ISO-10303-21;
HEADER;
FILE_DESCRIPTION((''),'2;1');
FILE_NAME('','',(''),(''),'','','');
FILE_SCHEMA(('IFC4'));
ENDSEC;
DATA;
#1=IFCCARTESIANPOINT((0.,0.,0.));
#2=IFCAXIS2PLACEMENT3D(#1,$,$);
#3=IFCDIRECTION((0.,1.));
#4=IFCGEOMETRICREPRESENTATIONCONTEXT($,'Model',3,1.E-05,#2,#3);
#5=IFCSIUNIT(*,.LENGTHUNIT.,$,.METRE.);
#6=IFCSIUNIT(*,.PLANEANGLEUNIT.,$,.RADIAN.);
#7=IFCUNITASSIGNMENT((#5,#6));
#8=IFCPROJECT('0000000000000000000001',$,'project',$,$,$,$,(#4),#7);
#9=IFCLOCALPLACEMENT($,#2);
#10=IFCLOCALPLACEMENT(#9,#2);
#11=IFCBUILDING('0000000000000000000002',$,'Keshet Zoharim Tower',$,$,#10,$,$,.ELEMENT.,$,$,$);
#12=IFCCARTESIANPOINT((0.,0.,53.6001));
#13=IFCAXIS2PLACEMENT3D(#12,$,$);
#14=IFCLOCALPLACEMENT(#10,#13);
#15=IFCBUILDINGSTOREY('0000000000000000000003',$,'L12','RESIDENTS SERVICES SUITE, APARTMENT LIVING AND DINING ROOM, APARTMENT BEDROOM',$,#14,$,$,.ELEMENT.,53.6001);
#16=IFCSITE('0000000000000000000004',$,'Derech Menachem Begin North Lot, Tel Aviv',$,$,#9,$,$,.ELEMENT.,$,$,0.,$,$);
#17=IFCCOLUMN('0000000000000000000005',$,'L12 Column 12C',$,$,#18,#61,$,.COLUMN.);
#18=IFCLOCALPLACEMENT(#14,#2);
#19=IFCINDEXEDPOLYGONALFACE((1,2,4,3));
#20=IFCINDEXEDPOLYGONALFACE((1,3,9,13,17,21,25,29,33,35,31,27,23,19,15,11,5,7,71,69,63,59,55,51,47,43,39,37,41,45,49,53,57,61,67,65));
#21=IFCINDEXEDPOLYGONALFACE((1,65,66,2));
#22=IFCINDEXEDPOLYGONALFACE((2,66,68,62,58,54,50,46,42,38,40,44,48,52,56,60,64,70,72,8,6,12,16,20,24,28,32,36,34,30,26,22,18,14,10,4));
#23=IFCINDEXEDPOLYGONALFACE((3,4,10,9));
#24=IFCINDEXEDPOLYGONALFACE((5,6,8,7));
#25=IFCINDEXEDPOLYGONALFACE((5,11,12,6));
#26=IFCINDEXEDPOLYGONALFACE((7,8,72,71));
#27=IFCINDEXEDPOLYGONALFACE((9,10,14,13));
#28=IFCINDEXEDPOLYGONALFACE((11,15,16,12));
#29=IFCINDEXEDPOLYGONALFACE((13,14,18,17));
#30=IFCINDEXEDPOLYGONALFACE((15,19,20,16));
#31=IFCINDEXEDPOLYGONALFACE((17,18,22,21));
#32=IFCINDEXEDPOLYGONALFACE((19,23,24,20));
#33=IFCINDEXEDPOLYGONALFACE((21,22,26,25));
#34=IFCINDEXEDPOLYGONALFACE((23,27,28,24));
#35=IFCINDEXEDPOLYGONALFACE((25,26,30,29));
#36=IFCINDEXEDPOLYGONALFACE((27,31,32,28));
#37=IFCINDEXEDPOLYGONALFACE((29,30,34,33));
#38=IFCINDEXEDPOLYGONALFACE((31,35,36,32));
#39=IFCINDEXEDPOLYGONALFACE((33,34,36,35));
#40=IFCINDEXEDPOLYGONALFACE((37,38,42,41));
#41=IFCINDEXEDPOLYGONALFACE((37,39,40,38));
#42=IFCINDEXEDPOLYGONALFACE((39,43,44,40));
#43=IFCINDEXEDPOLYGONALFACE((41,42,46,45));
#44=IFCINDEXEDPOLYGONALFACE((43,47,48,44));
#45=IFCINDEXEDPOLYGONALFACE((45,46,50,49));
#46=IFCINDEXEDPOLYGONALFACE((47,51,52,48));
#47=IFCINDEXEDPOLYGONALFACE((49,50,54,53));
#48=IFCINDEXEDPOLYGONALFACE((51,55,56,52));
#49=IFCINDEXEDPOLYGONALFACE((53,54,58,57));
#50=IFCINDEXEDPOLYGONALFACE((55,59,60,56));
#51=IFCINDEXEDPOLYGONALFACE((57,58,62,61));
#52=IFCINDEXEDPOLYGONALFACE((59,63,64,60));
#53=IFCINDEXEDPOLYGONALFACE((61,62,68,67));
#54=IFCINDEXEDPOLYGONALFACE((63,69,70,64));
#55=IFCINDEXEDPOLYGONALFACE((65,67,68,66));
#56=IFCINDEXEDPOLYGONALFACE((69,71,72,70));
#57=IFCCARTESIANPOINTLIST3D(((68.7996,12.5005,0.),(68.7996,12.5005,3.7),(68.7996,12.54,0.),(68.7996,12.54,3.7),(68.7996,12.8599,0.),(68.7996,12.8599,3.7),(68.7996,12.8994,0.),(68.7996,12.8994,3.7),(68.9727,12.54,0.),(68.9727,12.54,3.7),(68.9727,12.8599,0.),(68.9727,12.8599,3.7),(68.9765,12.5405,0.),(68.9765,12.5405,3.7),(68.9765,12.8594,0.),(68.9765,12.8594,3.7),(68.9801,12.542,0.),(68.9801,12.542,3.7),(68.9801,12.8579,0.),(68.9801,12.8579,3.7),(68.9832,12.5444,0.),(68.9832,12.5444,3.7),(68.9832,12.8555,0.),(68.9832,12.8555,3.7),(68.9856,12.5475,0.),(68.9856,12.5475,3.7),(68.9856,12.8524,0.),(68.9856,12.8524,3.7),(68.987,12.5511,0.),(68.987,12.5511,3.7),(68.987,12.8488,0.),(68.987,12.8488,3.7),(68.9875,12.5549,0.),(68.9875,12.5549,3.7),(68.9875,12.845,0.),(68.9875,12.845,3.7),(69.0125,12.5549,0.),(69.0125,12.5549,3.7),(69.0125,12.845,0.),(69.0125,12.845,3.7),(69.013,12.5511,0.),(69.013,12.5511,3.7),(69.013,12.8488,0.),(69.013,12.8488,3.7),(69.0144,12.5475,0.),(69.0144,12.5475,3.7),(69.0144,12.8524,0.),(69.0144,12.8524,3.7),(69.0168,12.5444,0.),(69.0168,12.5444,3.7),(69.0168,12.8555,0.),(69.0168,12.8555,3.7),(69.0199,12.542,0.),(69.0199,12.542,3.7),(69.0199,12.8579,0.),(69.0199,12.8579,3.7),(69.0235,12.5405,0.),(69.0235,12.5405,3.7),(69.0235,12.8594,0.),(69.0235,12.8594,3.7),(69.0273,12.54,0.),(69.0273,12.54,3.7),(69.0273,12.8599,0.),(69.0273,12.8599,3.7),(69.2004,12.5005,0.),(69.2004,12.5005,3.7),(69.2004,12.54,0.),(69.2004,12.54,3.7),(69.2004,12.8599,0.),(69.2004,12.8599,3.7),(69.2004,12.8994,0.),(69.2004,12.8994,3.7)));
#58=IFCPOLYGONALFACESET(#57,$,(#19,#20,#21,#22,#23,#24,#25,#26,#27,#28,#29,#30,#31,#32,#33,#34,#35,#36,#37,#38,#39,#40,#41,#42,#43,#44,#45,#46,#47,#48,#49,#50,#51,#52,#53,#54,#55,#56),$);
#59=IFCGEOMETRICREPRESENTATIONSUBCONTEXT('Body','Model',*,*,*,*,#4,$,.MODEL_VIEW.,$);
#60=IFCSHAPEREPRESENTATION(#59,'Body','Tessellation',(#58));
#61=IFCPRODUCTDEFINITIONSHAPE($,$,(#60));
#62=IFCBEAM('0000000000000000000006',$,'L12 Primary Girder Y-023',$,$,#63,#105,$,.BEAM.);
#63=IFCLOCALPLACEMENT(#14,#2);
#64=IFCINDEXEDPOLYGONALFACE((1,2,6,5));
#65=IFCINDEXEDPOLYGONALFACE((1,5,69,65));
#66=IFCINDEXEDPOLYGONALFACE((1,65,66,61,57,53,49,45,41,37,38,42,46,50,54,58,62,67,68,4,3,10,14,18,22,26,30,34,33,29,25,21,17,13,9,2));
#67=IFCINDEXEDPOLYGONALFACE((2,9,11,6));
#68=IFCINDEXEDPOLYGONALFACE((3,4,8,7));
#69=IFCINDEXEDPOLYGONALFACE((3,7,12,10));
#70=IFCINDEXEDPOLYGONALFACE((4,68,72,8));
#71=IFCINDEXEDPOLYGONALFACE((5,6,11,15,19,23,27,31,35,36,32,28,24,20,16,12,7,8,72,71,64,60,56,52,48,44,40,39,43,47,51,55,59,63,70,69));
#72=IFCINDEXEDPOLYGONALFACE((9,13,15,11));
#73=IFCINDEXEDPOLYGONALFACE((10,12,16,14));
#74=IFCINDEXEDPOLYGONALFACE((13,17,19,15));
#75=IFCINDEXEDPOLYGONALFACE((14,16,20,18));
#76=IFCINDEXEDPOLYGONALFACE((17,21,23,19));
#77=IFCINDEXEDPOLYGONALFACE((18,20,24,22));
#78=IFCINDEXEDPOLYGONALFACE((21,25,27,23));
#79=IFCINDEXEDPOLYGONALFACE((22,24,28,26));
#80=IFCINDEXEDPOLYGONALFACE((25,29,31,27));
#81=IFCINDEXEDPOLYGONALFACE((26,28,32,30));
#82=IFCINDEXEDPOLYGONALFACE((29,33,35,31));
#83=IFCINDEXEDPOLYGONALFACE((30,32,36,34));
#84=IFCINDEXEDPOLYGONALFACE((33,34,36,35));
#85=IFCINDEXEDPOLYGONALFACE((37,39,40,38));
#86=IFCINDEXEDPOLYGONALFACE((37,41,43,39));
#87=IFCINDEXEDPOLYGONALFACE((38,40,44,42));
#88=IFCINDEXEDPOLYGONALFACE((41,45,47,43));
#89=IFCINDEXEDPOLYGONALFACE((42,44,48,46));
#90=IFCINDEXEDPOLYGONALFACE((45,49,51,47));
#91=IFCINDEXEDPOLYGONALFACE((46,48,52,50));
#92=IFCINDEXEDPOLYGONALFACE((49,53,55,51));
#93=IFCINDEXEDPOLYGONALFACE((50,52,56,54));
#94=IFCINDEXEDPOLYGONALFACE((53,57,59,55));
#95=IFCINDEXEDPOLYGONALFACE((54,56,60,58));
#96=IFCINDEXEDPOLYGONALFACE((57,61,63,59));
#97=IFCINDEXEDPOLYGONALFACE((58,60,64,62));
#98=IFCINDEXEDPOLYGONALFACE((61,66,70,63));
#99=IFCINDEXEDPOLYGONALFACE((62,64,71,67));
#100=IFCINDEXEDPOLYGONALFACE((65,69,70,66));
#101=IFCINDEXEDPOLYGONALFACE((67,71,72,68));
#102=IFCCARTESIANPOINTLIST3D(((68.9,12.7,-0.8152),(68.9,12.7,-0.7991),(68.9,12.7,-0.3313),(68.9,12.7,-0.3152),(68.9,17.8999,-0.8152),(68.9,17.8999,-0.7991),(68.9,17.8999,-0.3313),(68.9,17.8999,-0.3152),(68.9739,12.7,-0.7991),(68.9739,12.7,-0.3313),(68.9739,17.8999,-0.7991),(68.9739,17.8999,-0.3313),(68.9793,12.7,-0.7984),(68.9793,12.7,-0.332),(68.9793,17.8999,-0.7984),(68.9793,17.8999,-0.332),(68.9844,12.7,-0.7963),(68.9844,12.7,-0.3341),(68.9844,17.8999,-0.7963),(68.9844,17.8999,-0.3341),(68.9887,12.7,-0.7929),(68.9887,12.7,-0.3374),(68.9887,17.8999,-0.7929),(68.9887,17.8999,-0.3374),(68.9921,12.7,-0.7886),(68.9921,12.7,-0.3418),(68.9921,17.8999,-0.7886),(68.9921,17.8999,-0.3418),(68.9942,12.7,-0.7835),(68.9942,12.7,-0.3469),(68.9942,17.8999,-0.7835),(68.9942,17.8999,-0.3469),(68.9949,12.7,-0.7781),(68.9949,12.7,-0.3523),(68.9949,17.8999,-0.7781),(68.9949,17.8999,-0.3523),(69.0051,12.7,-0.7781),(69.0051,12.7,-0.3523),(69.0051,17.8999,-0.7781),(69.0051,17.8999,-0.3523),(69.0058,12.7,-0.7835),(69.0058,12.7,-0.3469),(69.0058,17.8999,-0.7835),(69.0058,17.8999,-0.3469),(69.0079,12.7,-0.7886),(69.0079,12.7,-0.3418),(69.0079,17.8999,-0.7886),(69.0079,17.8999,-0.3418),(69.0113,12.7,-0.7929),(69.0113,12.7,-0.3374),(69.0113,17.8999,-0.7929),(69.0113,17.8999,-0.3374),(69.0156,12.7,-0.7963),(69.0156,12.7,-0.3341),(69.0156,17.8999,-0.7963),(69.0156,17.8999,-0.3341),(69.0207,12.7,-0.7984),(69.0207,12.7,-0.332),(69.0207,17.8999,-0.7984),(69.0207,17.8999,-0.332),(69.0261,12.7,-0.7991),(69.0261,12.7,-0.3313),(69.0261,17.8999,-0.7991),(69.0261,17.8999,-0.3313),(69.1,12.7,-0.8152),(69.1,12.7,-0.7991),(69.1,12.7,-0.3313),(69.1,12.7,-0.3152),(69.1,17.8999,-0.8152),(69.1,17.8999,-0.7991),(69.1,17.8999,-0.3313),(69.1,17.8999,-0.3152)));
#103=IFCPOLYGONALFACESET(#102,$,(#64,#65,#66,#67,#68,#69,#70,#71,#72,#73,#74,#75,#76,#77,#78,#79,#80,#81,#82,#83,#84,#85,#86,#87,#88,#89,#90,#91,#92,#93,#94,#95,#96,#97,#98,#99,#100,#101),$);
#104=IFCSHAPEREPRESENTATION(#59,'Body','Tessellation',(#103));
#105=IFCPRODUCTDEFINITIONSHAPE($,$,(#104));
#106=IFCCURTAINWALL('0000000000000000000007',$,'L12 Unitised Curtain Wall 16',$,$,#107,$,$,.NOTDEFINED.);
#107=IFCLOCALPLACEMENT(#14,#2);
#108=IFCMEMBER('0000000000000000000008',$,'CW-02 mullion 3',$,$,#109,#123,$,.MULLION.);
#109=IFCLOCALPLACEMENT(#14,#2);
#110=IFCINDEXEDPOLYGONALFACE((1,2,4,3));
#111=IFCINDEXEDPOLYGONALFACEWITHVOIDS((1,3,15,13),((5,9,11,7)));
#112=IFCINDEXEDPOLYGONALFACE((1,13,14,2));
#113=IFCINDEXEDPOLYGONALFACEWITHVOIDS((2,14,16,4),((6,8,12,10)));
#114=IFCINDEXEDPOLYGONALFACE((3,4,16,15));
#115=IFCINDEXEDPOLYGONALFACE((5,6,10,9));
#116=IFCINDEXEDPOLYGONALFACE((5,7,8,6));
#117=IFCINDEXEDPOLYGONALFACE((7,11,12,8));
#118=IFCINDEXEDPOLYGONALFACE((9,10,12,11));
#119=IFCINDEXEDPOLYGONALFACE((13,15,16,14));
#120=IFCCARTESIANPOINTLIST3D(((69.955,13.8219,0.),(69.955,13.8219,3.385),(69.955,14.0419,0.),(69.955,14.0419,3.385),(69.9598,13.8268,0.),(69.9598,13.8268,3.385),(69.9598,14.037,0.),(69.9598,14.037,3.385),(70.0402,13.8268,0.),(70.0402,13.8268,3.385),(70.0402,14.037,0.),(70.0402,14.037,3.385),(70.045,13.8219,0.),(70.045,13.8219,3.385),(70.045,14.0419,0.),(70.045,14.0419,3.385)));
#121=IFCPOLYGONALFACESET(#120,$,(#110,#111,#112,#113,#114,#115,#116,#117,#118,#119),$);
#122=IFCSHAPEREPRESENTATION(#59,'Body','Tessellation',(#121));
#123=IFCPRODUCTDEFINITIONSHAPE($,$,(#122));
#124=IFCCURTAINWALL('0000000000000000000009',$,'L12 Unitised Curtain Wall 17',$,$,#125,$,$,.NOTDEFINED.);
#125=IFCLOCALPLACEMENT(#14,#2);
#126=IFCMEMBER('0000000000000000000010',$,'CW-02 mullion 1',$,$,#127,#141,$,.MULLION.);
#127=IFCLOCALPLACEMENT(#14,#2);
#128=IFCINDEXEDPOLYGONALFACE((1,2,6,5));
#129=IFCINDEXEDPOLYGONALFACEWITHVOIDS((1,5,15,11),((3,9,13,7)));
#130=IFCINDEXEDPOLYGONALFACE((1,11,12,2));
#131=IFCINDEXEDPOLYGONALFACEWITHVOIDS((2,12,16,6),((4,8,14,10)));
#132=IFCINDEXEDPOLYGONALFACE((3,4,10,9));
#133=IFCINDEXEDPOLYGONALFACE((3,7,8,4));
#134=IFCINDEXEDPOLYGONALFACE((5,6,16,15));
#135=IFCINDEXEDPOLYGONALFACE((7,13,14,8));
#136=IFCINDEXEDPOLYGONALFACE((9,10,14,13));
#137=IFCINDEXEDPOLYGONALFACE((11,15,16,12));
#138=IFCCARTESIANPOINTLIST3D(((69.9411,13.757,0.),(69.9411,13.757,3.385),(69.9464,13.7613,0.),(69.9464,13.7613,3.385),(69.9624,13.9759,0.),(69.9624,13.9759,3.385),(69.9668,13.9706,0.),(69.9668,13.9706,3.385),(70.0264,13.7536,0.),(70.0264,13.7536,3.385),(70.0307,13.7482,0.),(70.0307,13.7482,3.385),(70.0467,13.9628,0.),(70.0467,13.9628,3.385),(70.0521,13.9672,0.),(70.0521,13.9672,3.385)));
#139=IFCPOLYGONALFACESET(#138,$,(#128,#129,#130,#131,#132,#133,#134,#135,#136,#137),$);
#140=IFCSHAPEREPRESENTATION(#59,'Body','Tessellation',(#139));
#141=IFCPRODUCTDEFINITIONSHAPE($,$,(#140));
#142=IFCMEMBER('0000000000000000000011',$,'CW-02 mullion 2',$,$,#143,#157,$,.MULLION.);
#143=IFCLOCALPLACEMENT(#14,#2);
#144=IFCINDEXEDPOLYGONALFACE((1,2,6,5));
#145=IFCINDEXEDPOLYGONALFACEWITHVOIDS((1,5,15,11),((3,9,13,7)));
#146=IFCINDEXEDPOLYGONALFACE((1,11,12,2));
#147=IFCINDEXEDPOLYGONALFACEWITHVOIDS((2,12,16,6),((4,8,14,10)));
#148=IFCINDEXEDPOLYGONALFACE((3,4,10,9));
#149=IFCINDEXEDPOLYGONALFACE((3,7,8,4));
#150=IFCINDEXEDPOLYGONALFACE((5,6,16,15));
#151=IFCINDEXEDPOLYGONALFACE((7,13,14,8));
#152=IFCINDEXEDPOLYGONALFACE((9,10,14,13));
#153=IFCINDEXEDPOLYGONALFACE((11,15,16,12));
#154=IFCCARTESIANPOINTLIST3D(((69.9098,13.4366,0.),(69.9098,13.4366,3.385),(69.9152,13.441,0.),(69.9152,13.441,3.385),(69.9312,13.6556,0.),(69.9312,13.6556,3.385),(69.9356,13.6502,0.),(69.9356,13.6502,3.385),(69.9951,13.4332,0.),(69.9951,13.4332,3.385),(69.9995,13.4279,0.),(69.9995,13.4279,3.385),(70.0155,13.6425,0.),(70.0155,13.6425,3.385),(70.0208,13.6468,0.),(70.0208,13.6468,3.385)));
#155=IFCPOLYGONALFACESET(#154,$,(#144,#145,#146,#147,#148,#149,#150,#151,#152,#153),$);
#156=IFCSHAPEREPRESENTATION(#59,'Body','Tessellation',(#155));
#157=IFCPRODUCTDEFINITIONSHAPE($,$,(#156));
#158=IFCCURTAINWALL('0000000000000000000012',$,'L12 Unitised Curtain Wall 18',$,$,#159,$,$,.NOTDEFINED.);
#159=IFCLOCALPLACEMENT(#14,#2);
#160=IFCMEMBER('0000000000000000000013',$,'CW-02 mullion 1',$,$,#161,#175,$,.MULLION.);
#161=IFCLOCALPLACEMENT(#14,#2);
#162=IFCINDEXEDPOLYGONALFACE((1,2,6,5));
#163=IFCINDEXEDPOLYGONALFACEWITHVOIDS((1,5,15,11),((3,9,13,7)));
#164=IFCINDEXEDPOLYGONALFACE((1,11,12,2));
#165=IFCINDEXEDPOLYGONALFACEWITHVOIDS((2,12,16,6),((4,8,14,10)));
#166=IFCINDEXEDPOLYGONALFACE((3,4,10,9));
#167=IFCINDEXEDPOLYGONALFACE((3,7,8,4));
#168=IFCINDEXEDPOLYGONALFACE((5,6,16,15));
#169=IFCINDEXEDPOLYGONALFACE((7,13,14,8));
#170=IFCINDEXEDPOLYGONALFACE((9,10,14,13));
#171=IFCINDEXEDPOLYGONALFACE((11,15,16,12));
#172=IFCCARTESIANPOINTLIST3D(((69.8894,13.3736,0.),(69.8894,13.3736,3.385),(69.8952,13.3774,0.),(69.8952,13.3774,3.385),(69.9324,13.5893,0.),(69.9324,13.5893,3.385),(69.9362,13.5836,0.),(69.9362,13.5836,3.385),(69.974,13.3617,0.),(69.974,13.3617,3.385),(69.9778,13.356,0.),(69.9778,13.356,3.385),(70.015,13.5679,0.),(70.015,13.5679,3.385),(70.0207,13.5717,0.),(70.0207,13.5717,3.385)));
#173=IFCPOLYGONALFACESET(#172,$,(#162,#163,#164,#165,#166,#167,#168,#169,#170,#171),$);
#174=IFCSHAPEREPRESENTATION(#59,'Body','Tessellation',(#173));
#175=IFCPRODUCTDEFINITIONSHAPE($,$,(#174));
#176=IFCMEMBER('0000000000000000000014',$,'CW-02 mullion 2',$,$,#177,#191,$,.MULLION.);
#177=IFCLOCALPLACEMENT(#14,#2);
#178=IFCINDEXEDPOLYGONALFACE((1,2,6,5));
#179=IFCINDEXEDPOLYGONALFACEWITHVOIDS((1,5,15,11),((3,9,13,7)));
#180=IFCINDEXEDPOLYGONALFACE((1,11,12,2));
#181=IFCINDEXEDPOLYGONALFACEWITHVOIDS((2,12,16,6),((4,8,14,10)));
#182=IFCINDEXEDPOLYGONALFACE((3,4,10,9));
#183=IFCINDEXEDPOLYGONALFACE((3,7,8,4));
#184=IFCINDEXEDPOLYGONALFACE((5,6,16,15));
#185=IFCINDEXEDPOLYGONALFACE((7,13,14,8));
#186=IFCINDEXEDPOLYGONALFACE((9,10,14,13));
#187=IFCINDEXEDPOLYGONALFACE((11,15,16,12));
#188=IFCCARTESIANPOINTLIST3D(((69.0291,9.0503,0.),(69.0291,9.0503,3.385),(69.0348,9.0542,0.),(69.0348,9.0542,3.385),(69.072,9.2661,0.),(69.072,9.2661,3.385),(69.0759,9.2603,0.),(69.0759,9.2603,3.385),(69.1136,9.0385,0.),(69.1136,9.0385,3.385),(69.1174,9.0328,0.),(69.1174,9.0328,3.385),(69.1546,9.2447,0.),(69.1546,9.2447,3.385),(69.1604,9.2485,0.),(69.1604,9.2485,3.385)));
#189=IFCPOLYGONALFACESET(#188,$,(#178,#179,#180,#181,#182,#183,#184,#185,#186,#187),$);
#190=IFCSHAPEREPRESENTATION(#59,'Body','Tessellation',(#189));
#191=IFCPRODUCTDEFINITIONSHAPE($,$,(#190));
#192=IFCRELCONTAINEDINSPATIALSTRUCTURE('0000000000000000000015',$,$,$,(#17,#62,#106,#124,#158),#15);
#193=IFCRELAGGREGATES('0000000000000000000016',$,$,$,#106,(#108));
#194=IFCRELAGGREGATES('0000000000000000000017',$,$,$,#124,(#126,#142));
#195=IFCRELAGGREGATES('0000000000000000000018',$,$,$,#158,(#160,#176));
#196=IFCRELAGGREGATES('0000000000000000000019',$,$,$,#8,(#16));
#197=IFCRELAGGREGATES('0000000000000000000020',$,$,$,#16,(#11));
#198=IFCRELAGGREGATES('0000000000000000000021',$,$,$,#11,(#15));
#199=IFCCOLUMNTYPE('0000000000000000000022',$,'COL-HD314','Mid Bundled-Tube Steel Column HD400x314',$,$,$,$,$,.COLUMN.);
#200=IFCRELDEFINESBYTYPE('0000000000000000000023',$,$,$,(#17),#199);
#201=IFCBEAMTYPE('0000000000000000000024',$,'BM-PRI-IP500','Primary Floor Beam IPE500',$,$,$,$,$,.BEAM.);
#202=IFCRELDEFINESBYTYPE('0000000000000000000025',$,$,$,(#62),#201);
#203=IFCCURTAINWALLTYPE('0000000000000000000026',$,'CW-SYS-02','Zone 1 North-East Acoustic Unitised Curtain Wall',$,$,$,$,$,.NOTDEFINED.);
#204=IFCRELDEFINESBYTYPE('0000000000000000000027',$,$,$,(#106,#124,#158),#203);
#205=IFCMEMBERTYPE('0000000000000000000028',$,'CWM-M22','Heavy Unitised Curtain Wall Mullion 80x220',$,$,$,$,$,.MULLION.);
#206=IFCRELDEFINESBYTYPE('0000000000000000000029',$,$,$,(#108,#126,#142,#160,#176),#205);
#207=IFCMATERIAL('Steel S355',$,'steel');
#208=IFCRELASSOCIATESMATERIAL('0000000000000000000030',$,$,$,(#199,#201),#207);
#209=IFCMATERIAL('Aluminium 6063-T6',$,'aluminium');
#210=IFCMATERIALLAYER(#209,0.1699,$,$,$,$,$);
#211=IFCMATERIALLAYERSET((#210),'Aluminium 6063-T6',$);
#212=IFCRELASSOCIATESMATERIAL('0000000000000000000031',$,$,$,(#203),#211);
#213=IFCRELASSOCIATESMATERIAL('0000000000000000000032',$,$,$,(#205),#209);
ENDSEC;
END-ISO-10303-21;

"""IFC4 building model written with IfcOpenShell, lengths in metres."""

from ifc_helpers import new_model, si_unit, direction, frame, origin, origin_2d, place, context, subcontext, project, spatial, hollow_rectangle, i_section, extrude, material, layer, layer_set, material_profile, profile_set, type_object, element, aggregate, save


model = new_model("IFC4")

# Units and contexts
model_context = context("Model", 3, precision=1e-05, world=origin(), true_north=direction((0.0, 1.0)))
body_context = subcontext(model_context, "Body", "Model", "MODEL_VIEW")
ifc_project = project(units=[si_unit("LENGTHUNIT", "METRE"), si_unit("PLANEANGLEUNIT", "RADIAN")], contexts=[model_context])

# Site, building, storey
site_placement = place(None, origin())
site = spatial("IfcSite", under=ifc_project, at=site_placement, Name="Derech Menachem Begin North Lot, Tel Aviv", CompositionType="ELEMENT", RefElevation=0.0)
building_placement = place(site_placement, origin())
building = spatial("IfcBuilding", under=site, at=building_placement, Name="Keshet Zoharim Tower", CompositionType="ELEMENT")
storey_placement = place(building_placement, frame((0.0, 0.0, 53.6001)))
storey = spatial("IfcBuildingStorey", under=building, at=storey_placement, Name="L12", Description="RESIDENTS SERVICES SUITE, APARTMENT LIVING AND DINING ROOM, APARTMENT BEDROOM", CompositionType="ELEMENT", Elevation=53.6001)

# Column
ifc_material_1 = material(Name="Steel S355", Category="steel")
ifc_material_profile_1 = material_profile(ifc_material_1, i_section(OverallWidth=0.4009, OverallDepth=0.3989, WebThickness=0.0249, FlangeThickness=0.0396, FilletRadius=0.0149, at=origin_2d()), Name="HD400x314")
ifc_profile_set_1 = profile_set([ifc_material_profile_1], Name="Steel S355")
column_type = type_object("IfcColumnType", Name="COL-HD314", Description="Mid Bundled-Tube Steel Column HD400x314", PredefinedType="COLUMN", material=ifc_profile_set_1)
column_placement = place(storey_placement, frame((69.0, 12.7, 0.0), z_axis=(0.0, 0.0, 1.0), x_axis=(1.0, 0.0, 0.0)))
element("IfcColumn", 1, at=column_placement, inside=storey, type_object=column_type, Name="L12 Column 12C", PredefinedType="COLUMN", context=body_context, shape_type="SweptSolid", body=[
    extrude(i_section(OverallWidth=0.4009, OverallDepth=0.3989, WebThickness=0.0249, FlangeThickness=0.0396, FilletRadius=0.0149, at=origin_2d()), origin(), (0.0, 0.0, 1.0), 3.7),
])

# Beam
ifc_material_profile_2 = material_profile(ifc_material_1, i_section(OverallWidth=0.2, OverallDepth=0.5, WebThickness=0.0103, FlangeThickness=0.0161, FilletRadius=0.021, at=origin_2d()), Name="IPE500")
ifc_profile_set_2 = profile_set([ifc_material_profile_2], Name="Steel S355")
beam_type = type_object("IfcBeamType", Name="BM-PRI-IP500", Description="Primary Floor Beam IPE500", PredefinedType="BEAM", material=ifc_profile_set_2)
beam_placement = place(storey_placement, frame((69.0, 12.7, -0.5652), z_axis=(0.0, 1.0, 0.0), x_axis=(-1.0, 0.0, 0.0)))
element("IfcBeam", 2, at=beam_placement, inside=storey, type_object=beam_type, Name="L12 Primary Girder Y-023", PredefinedType="BEAM", context=body_context, shape_type="SweptSolid", body=[
    extrude(i_section(OverallWidth=0.2, OverallDepth=0.5, WebThickness=0.0103, FlangeThickness=0.0161, FilletRadius=0.021, at=origin_2d()), origin(), (0.0, 0.0, 1.0), 5.2),
])

# Curtain wall, member
ifc_material_2 = material(Name="Aluminium 6063-T6", Category="aluminium")
ifc_layer_1 = layer(ifc_material_2, 0.1699)
ifc_layer_set_1 = layer_set([ifc_layer_1], Name="Aluminium 6063-T6")
curtain_wall_type_1 = type_object("IfcCurtainWallType", Name="CW-SYS-02", Description="Zone 1 North-East Acoustic Unitised Curtain Wall", PredefinedType="NOTDEFINED", material=ifc_layer_set_1)
curtain_wall_1_placement = place(storey_placement, origin())
curtain_wall_1 = element("IfcCurtainWall", 3, at=curtain_wall_1_placement, inside=storey, type_object=curtain_wall_type_1, Name="L12 Unitised Curtain Wall 16", PredefinedType="NOTDEFINED")
ifc_material_profile_3 = material_profile(ifc_material_2, hollow_rectangle(XDim=0.0901, YDim=0.22, WallThickness=0.0049, at=origin_2d()), Name="MUL-90x220")
ifc_profile_set_3 = profile_set([ifc_material_profile_3], Name="Aluminium 6063-T6")
member_type_1 = type_object("IfcMemberType", Name="CWM-M22", Description="Heavy Unitised Curtain Wall Mullion 80x220", PredefinedType="MULLION", material=ifc_profile_set_3)
member_1_placement = place(storey_placement, frame((70.0, 13.9319, 0.0), z_axis=(0.0, 0.0, 1.0), x_axis=(1.0, 0.0, 0.0)))
member_1 = element("IfcMember", 4, at=member_1_placement, type_object=member_type_1, Name="CW-02 mullion 3", PredefinedType="MULLION", context=body_context, shape_type="SweptSolid", body=[
    extrude(hollow_rectangle(XDim=0.0901, YDim=0.22, WallThickness=0.0049, at=origin_2d()), origin(), (0.0, 0.0, 1.0), 3.385),
])
aggregate(curtain_wall_1, [member_1])

# Curtain walls, members
curtain_wall_2_placement = place(storey_placement, origin())
curtain_wall_2 = element("IfcCurtainWall", 5, at=curtain_wall_2_placement, inside=storey, type_object=curtain_wall_type_1, Name="L12 Unitised Curtain Wall 17", PredefinedType="NOTDEFINED")
member_2_placement = place(storey_placement, frame((69.9966, 13.8621, 0.0), z_axis=(0.0, 0.0, 1.0), x_axis=(0.995287, -0.096977, 0.0)))
member_2 = element("IfcMember", 6, at=member_2_placement, type_object=member_type_1, Name="CW-02 mullion 1", PredefinedType="MULLION", context=body_context, shape_type="SweptSolid", body=[
    extrude(hollow_rectangle(XDim=0.0901, YDim=0.22, WallThickness=0.0049, at=origin_2d()), origin(), (0.0, 0.0, 1.0), 3.385),
])
member_3_placement = place(storey_placement, frame((69.9653, 13.5417, 0.0), z_axis=(0.0, 0.0, 1.0), x_axis=(0.995287, -0.096977, 0.0)))
member_3 = element("IfcMember", 7, at=member_3_placement, type_object=member_type_1, Name="CW-02 mullion 2", PredefinedType="MULLION", context=body_context, shape_type="SweptSolid", body=[
    extrude(hollow_rectangle(XDim=0.0901, YDim=0.22, WallThickness=0.0049, at=origin_2d()), origin(), (0.0, 0.0, 1.0), 3.385),
])
curtain_wall_3_placement = place(storey_placement, origin())
curtain_wall_3 = element("IfcCurtainWall", 8, at=curtain_wall_3_placement, inside=storey, type_object=curtain_wall_type_1, Name="L12 Unitised Curtain Wall 18", PredefinedType="NOTDEFINED")
member_4_placement = place(storey_placement, frame((69.9551, 13.4727, 0.0), z_axis=(0.0, 0.0, 1.0), x_axis=(0.980769, -0.195171, 0.0)))
member_4 = element("IfcMember", 9, at=member_4_placement, type_object=member_type_1, Name="CW-02 mullion 1", PredefinedType="MULLION", context=body_context, shape_type="SweptSolid", body=[
    extrude(hollow_rectangle(XDim=0.0901, YDim=0.22, WallThickness=0.0049, at=origin_2d()), origin(), (0.0, 0.0, 1.0), 3.385),
])
member_5_placement = place(storey_placement, frame((69.0947, 9.1494, 0.0), z_axis=(0.0, 0.0, 1.0), x_axis=(0.980769, -0.195171, 0.0)))
member_5 = element("IfcMember", 10, at=member_5_placement, type_object=member_type_1, Name="CW-02 mullion 2", PredefinedType="MULLION", context=body_context, shape_type="SweptSolid", body=[
    extrude(hollow_rectangle(XDim=0.0901, YDim=0.22, WallThickness=0.0049, at=origin_2d()), origin(), (0.0, 0.0, 1.0), 3.385),
])

aggregate(curtain_wall_2, [member_2, member_3])
aggregate(curtain_wall_3, [member_4, member_5])

save(model, "model.ifc")
